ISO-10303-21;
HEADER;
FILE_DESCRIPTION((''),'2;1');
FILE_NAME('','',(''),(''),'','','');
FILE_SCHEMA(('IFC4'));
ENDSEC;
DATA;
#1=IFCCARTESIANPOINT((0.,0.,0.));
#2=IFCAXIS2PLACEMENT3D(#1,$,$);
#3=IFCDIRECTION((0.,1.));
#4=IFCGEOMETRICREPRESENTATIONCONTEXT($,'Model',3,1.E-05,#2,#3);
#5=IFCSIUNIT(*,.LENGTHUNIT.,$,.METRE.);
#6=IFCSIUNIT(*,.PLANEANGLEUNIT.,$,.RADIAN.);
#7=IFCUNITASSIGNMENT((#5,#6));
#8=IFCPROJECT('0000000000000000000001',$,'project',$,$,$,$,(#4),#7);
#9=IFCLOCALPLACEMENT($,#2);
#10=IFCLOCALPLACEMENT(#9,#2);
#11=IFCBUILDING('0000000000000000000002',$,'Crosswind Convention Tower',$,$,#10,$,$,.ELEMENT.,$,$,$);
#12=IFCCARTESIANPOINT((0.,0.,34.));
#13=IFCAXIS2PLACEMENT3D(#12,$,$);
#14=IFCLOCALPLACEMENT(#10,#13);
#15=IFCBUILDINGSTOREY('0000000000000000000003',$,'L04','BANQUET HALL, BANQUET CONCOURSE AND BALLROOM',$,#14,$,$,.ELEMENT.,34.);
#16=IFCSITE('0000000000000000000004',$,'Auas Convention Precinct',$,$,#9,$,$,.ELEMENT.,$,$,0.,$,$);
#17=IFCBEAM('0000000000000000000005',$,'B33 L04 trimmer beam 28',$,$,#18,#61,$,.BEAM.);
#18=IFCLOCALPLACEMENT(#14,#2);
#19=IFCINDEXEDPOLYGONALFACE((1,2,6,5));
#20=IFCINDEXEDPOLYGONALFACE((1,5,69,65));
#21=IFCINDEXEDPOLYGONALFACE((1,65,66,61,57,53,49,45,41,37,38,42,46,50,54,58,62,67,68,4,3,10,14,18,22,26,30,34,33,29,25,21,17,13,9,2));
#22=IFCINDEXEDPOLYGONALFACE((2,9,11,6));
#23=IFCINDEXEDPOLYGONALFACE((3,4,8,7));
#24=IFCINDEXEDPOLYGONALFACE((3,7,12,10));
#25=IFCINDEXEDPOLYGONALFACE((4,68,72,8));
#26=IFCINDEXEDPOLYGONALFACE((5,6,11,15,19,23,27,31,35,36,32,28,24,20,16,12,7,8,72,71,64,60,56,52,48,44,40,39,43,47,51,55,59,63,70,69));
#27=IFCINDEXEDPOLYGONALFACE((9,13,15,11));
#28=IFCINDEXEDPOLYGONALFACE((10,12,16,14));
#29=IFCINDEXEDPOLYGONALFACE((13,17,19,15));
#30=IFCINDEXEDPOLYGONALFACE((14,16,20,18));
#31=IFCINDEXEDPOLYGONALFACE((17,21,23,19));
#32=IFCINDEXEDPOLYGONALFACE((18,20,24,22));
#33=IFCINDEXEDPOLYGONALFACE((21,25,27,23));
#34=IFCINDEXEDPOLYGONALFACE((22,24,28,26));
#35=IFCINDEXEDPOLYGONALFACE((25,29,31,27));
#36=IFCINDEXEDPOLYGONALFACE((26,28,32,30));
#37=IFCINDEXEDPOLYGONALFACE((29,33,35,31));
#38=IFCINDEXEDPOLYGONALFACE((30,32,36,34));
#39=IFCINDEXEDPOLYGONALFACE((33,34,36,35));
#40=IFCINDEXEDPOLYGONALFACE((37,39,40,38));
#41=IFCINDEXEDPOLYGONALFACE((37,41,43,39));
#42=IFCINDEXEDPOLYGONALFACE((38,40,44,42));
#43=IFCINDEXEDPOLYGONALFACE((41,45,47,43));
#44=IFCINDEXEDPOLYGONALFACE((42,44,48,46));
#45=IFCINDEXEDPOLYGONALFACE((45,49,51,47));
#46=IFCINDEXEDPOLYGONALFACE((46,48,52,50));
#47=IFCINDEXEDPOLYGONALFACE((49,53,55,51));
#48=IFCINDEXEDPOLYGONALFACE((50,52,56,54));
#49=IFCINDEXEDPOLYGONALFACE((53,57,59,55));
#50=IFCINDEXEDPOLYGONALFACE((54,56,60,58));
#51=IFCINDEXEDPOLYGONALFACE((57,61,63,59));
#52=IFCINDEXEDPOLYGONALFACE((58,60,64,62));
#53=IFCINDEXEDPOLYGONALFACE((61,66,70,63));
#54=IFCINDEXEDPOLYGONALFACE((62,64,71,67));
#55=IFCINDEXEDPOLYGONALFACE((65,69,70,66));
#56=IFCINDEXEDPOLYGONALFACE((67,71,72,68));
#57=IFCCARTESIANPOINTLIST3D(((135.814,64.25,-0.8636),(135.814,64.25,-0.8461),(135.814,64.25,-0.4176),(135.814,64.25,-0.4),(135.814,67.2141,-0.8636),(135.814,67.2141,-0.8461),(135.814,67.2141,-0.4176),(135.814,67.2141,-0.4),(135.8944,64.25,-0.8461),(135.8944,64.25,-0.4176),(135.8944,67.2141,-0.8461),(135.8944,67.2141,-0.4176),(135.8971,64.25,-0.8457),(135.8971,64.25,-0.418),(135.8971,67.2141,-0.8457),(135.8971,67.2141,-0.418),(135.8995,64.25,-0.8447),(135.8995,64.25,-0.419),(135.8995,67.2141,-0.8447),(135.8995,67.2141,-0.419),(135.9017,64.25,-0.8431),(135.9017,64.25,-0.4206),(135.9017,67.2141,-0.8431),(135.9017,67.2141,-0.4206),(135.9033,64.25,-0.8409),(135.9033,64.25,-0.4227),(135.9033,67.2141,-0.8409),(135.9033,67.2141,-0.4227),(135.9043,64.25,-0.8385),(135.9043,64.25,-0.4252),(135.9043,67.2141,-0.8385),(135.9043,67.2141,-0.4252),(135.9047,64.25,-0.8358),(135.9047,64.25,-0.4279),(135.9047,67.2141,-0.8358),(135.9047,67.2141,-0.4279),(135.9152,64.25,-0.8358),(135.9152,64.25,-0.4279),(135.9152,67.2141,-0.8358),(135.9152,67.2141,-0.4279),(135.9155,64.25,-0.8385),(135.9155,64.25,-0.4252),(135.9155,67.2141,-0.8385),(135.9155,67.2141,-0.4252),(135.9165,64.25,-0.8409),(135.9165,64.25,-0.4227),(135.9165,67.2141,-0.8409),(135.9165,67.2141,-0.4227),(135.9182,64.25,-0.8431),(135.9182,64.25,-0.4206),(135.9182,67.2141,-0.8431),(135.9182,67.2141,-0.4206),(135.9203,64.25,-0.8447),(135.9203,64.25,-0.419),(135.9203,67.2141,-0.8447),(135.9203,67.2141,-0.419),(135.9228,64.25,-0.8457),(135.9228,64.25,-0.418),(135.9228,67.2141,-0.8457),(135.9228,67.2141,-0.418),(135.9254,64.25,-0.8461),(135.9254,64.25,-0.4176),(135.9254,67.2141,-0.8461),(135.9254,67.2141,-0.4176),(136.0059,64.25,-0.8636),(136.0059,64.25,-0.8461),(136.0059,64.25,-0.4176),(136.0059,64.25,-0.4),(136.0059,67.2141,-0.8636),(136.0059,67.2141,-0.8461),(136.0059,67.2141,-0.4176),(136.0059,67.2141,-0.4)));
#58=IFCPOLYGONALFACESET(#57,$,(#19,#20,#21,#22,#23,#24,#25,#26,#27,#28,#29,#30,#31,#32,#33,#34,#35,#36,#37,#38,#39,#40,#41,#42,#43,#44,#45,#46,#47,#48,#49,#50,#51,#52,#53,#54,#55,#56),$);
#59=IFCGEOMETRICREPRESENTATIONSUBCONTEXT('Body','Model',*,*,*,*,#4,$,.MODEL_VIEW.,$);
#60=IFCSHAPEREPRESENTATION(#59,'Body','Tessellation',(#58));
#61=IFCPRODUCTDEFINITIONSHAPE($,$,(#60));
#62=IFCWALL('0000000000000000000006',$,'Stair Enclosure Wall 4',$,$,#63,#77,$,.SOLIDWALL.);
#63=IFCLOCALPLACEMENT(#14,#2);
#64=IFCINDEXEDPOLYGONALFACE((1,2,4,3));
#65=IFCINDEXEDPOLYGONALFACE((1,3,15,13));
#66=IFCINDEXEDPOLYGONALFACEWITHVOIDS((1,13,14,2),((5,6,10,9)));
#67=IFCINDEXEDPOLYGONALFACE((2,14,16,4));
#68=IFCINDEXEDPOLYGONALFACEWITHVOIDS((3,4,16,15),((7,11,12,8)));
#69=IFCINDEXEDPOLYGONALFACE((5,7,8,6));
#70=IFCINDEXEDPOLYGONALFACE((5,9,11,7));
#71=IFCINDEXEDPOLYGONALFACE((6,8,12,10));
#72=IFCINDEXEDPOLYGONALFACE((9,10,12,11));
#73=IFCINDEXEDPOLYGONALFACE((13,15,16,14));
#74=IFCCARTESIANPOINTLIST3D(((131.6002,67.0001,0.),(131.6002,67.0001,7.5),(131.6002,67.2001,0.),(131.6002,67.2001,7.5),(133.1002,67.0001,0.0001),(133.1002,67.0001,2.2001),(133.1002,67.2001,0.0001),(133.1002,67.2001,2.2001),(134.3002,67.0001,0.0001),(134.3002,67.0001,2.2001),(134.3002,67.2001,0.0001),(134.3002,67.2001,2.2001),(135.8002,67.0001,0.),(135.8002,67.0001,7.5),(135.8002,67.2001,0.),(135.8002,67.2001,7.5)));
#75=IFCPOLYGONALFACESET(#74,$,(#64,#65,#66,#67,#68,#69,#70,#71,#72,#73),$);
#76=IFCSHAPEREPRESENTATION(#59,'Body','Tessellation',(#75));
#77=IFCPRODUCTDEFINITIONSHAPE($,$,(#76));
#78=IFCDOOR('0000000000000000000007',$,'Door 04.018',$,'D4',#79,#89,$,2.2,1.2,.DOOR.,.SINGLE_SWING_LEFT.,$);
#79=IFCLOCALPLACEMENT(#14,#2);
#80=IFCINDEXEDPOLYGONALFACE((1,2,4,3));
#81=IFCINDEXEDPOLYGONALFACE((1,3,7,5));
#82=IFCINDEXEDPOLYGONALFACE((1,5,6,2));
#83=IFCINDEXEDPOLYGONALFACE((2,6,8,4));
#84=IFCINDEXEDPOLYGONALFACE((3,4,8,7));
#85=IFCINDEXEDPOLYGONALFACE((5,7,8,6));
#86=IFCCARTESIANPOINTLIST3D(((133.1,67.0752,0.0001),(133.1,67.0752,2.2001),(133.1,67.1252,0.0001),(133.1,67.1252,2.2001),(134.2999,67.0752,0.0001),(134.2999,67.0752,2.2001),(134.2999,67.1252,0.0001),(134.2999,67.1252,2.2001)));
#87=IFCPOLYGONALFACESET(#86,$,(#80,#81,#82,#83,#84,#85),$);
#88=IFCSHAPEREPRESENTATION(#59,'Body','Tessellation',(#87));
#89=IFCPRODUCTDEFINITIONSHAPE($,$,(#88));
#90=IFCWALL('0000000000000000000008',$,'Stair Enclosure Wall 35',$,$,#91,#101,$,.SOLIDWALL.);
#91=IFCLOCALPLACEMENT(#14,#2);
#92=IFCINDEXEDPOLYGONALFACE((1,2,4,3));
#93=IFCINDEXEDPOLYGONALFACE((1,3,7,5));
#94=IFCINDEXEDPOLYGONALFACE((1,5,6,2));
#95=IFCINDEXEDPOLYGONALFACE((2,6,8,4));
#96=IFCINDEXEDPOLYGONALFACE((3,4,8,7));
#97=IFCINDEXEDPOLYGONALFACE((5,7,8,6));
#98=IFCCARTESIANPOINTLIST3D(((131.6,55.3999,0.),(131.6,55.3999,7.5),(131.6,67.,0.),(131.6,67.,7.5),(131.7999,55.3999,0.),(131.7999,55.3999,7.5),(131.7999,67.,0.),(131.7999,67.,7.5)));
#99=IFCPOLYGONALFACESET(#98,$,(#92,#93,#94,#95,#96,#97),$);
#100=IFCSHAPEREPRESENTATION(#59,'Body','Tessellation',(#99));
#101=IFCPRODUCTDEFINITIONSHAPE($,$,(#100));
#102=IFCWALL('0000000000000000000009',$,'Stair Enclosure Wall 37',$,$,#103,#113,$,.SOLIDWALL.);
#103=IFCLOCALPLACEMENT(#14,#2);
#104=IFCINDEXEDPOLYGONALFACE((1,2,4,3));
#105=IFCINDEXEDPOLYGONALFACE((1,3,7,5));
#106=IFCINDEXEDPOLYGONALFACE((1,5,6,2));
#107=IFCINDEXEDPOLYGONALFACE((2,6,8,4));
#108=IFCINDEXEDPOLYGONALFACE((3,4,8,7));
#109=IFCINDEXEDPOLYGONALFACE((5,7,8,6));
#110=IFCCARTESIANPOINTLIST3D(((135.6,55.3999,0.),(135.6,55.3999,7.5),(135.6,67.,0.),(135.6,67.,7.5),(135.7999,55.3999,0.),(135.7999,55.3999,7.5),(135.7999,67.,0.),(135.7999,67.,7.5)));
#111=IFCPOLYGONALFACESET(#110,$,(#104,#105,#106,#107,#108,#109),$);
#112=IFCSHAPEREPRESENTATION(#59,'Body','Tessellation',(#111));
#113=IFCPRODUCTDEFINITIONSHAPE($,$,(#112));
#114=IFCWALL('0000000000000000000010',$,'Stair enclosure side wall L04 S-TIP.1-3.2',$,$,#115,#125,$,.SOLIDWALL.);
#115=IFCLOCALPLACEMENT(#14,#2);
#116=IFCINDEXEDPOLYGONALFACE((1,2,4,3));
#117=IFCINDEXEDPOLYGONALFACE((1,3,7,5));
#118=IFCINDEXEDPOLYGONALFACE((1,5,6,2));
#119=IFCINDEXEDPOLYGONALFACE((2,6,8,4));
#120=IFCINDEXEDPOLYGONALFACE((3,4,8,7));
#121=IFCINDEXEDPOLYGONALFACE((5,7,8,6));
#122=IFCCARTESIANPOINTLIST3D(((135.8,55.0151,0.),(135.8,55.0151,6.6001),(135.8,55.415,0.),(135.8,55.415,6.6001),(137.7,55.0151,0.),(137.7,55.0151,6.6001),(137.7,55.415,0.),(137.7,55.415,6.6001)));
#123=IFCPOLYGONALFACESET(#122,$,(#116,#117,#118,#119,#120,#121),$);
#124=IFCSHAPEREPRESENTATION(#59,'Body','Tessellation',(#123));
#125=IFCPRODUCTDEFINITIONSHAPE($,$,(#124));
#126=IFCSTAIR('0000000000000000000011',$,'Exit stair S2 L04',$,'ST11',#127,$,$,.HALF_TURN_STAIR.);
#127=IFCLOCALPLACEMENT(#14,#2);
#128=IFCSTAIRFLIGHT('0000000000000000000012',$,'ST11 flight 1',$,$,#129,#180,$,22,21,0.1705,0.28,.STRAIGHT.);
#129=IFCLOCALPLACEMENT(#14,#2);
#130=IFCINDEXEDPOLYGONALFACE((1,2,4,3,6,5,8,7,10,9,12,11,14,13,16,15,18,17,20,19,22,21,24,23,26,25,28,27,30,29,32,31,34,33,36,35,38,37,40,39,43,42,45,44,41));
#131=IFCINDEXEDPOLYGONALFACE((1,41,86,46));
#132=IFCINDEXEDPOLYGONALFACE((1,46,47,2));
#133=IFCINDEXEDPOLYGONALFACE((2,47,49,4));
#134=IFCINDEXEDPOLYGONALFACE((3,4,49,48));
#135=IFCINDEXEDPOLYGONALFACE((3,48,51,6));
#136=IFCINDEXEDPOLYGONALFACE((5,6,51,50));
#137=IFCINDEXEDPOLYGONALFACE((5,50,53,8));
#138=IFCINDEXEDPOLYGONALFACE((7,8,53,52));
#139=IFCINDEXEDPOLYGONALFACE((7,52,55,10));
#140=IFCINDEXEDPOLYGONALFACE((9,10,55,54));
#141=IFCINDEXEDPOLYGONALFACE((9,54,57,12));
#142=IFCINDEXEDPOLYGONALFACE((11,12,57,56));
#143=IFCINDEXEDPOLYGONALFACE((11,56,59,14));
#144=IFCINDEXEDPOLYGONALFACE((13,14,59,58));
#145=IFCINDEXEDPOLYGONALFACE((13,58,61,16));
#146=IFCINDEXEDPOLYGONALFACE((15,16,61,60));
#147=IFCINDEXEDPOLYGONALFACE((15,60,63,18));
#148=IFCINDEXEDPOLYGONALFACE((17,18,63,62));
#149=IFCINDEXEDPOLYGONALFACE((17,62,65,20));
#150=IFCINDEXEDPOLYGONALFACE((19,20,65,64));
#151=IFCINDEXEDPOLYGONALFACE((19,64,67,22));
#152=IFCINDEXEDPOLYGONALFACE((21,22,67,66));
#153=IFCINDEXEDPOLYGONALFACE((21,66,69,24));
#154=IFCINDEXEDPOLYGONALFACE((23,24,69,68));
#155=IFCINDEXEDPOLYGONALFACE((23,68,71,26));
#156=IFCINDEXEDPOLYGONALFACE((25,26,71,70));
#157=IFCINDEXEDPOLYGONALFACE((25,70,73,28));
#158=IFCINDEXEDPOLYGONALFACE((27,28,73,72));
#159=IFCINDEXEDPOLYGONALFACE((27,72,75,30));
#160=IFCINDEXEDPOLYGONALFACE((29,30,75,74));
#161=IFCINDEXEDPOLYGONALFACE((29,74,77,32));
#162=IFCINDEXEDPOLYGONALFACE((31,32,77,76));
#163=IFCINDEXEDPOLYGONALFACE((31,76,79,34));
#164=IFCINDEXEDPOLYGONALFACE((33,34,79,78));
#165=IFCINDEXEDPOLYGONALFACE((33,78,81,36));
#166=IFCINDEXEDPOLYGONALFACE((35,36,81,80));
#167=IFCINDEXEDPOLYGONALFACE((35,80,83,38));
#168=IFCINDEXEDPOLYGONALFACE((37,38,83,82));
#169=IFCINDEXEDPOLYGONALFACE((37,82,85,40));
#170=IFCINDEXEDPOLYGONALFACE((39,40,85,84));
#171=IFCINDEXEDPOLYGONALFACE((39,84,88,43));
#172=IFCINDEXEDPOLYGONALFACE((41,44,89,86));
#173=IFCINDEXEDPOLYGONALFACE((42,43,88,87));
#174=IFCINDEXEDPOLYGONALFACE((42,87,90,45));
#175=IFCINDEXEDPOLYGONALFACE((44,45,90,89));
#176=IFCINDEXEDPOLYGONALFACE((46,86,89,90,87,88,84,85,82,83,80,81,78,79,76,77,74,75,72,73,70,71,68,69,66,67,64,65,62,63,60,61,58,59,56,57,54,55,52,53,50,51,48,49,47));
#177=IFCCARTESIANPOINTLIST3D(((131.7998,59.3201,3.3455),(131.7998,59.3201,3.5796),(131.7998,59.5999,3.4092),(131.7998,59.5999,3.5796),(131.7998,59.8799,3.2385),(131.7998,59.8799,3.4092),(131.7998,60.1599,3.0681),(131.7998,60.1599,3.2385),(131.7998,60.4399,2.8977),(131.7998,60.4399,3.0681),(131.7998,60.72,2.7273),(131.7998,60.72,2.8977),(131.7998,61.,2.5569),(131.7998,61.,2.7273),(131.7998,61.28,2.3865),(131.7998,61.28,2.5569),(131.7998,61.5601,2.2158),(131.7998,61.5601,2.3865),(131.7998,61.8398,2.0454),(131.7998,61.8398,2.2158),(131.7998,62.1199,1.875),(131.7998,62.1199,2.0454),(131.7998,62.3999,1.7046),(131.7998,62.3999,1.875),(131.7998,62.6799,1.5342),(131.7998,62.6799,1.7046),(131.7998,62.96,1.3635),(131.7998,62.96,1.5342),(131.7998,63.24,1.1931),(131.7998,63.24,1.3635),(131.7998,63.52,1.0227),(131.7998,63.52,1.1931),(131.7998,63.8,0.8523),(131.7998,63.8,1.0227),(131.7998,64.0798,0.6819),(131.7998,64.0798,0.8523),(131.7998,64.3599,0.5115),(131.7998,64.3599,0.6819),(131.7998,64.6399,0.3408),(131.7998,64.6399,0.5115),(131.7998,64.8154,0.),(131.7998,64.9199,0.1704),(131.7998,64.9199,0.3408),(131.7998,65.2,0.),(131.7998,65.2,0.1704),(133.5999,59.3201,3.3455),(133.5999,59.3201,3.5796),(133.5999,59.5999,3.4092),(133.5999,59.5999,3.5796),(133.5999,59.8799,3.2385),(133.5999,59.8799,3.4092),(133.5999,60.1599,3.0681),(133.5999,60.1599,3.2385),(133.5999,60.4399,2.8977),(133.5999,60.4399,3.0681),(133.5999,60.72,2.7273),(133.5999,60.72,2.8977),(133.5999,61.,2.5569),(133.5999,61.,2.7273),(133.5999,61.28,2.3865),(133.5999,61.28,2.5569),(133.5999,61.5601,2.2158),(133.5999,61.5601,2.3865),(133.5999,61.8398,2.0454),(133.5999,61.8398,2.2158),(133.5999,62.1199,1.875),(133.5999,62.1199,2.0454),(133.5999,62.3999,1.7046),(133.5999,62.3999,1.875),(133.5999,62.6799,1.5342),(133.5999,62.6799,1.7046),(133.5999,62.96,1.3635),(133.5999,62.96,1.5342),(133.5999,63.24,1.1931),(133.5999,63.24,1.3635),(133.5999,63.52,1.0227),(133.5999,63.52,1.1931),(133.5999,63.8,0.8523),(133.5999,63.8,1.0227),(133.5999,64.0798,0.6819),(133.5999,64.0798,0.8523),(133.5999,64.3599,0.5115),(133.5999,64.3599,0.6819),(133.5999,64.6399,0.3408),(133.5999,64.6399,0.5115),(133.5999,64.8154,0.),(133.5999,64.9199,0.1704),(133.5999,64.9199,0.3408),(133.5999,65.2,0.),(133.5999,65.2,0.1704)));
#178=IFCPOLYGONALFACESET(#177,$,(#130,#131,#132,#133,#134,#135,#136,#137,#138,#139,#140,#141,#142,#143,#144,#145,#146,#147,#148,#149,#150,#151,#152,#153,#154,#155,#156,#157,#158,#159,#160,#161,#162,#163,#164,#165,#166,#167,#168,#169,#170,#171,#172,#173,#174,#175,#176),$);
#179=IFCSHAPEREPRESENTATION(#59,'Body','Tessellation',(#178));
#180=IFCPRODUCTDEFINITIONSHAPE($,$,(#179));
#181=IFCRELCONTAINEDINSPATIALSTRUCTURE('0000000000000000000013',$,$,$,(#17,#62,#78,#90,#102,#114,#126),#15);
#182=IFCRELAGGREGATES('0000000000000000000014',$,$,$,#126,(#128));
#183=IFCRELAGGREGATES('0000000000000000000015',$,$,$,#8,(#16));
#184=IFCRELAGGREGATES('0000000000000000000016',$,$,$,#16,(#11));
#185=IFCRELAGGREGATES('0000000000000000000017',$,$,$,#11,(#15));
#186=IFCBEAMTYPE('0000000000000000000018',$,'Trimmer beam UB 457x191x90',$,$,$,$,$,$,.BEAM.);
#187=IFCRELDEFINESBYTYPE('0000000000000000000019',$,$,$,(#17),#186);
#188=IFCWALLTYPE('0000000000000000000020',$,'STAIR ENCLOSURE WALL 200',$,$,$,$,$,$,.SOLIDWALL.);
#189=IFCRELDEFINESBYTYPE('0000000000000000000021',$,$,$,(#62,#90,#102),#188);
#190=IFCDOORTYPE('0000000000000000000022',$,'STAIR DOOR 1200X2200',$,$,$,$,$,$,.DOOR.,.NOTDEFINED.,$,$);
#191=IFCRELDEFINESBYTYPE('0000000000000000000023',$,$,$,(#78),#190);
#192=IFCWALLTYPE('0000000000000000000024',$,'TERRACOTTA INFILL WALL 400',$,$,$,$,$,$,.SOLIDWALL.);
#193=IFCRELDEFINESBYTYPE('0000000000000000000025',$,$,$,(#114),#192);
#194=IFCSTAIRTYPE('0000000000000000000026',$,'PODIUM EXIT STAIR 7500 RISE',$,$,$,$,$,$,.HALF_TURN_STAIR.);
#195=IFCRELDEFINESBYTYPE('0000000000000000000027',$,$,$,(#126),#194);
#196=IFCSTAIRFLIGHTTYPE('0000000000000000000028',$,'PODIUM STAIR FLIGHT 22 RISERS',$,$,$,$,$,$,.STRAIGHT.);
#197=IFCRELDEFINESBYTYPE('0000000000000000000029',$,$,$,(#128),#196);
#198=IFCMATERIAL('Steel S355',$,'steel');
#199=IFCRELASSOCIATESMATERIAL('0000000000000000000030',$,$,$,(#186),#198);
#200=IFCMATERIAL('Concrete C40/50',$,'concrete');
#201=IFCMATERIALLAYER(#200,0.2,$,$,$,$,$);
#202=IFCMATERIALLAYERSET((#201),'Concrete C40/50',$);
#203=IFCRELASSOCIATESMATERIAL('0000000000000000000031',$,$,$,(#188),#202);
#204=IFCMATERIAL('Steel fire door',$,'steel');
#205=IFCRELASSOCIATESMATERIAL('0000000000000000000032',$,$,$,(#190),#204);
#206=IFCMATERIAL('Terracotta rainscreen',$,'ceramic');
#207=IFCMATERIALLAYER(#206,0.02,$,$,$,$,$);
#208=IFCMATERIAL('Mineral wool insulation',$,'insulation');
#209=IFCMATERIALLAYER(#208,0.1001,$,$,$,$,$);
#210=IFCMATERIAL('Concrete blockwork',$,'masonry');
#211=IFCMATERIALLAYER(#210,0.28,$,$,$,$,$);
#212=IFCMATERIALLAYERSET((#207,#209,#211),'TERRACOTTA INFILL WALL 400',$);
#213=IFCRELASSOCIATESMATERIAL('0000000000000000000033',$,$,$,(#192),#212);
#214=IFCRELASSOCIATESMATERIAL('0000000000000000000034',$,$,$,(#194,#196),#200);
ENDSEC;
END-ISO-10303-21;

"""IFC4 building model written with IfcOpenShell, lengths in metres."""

from ifc_helpers import new_model, si_unit, direction, frame, frame_2d, origin, origin_2d, place, context, subcontext, project, spatial, polyline, rectangle, i_section, outline, extrude, material, layer, layer_set, material_profile, profile_set, type_object, element, fill, aggregate, save


model = new_model("IFC4")

# Units and contexts
model_context = context("Model", 3, precision=1e-05, world=origin(), true_north=direction((0.0, 1.0)))
body_context = subcontext(model_context, "Body", "Model", "MODEL_VIEW")
ifc_project = project(units=[si_unit("LENGTHUNIT", "METRE"), si_unit("PLANEANGLEUNIT", "RADIAN")], contexts=[model_context])

# Site, building, storey
site_placement = place(None, origin())
site = spatial("IfcSite", under=ifc_project, at=site_placement, Name="Auas Convention Precinct", CompositionType="ELEMENT", RefElevation=0.0)
building_placement = place(site_placement, origin())
building = spatial("IfcBuilding", under=site, at=building_placement, Name="Crosswind Convention Tower", CompositionType="ELEMENT")
storey_placement = place(building_placement, frame((0.0, 0.0, 34.0)))
storey = spatial("IfcBuildingStorey", under=building, at=storey_placement, Name="L04", Description="BANQUET HALL, BANQUET CONCOURSE AND BALLROOM", CompositionType="ELEMENT", Elevation=34.0)

# Beam
ifc_material_1 = material(Name="Steel S355", Category="steel")
ifc_material_profile_1 = material_profile(ifc_material_1, i_section(OverallWidth=0.1919, OverallDepth=0.4636, WebThickness=0.0105, FlangeThickness=0.0176, FilletRadius=0.0103, at=origin_2d()), Name="UB 457x191x90")
ifc_profile_set_1 = profile_set([ifc_material_profile_1], Name="Steel S355")
beam_type_1 = type_object("IfcBeamType", Name="Trimmer beam UB 457x191x90", PredefinedType="BEAM", material=ifc_profile_set_1)
beam_1_placement = place(storey_placement, frame((135.9099, 67.2141, -0.6318), z_axis=(0.0, -1.0, 0.0), x_axis=(1.0, 0.0, 0.0)))
element("IfcBeam", 1, at=beam_1_placement, inside=storey, type_object=beam_type_1, Name="B33 L04 trimmer beam 28", PredefinedType="BEAM", context=body_context, shape_type="SweptSolid", body=[
    extrude(i_section(OverallWidth=0.1919, OverallDepth=0.4636, WebThickness=0.0105, FlangeThickness=0.0176, FilletRadius=0.0103, at=origin_2d()), origin(), (0.0, 0.0, 1.0), 2.9641),
])

# Wall, opening, door
ifc_material_2 = material(Name="Concrete C40/50", Category="concrete")
ifc_layer_1 = layer(ifc_material_2, 0.2)
ifc_layer_set_1 = layer_set([ifc_layer_1], Name="Concrete C40/50")
wall_type_1 = type_object("IfcWallType", Name="STAIR ENCLOSURE WALL 200", PredefinedType="SOLIDWALL", material=ifc_layer_set_1)
wall_1_placement = place(storey_placement, frame((131.6001, 67.1001, 0.0), z_axis=(0.0, 0.0, 1.0), x_axis=(1.0, 0.0, 0.0)))
wall_1 = element("IfcWall", 2, at=wall_1_placement, inside=storey, type_object=wall_type_1, Name="Stair Enclosure Wall 4", PredefinedType="SOLIDWALL", context=body_context, shape_type="SweptSolid", body=[
    extrude(rectangle(XDim=4.2, YDim=0.2, at=frame_2d((2.1001, 0.0))), origin(), (0.0, 0.0, 1.0), 7.5),
])
opening_placement = place(wall_1_placement, frame((1.5, 0.0, 0.0)))
opening = element("IfcOpeningElement", 3, at=opening_placement, cuts=wall_1, PredefinedType="OPENING", context=body_context, shape_type="SweptSolid", body=[
    extrude(rectangle(XDim=1.2, YDim=2.2, at=frame_2d((0.6001, 1.1001))), frame((0.0, 0.1099, 0.0), z_axis=(0.0, -1.0, 0.0), x_axis=(1.0, 0.0, 0.0)), (0.0, 0.0, 1.0), 0.22),
])
ifc_material_3 = material(Name="Steel fire door", Category="steel")
door_type = type_object("IfcDoorType", Name="STAIR DOOR 1200X2200", OperationType="NOTDEFINED", PredefinedType="DOOR", material=ifc_material_3)
door_placement = place(opening_placement, frame((1.2, 0.0, 0.0), z_axis=(0.0, 0.0, 1.0), x_axis=(-1.0, 0.0, 0.0)))
door = element("IfcDoor", 4, at=door_placement, inside=storey, type_object=door_type, Name="Door 04.018", ObjectType="D4", OperationType="SINGLE_SWING_LEFT", OverallHeight=2.2, OverallWidth=1.2, PredefinedType="DOOR", context=body_context, shape_type="SweptSolid", body=[
    extrude(rectangle(XDim=1.2, YDim=2.2, at=frame_2d((0.6001, 1.1001))), frame((0.0, 0.0249, 0.0), z_axis=(0.0, -1.0, 0.0), x_axis=(1.0, 0.0, 0.0)), (0.0, 0.0, 1.0), 0.05),
])
fill(opening, door)

# Walls
for number, where, z_axis, x_axis, name in (
    (5, (131.7, 55.3999, 0.0), (0.0, 0.0, 1.0), (0.0, 1.0, 0.0), "Stair Enclosure Wall 35"),
    (6, (135.7, 55.3999, 0.0), (0.0, 0.0, 1.0), (0.0, 1.0, 0.0), "Stair Enclosure Wall 37"),
):
    element("IfcWall", number, at=place(storey_placement, frame(where, z_axis=z_axis, x_axis=x_axis)), inside=storey, type_object=wall_type_1, Name=name, PredefinedType="SOLIDWALL", context=body_context, shape_type="SweptSolid", body=[
        extrude(rectangle(XDim=11.6001, YDim=0.2, at=frame_2d((5.8, 0.0))), origin(), (0.0, 0.0, 1.0), 7.5),
    ])
ifc_material_4 = material(Name="Terracotta rainscreen", Category="ceramic")
ifc_layer_2 = layer(ifc_material_4, 0.02)
ifc_material_5 = material(Name="Mineral wool insulation", Category="insulation")
ifc_layer_3 = layer(ifc_material_5, 0.1001)
ifc_material_6 = material(Name="Concrete blockwork", Category="masonry")
ifc_layer_4 = layer(ifc_material_6, 0.28)
ifc_layer_set_2 = layer_set([ifc_layer_2, ifc_layer_3, ifc_layer_4], Name="TERRACOTTA INFILL WALL 400")
wall_type_2 = type_object("IfcWallType", Name="TERRACOTTA INFILL WALL 400", PredefinedType="SOLIDWALL", material=ifc_layer_set_2)
wall_2_placement = place(storey_placement, frame((135.8, 55.2151, 0.0), z_axis=(0.0, 0.0, 1.0), x_axis=(1.0, 0.0, 0.0)))
element("IfcWall", 7, at=wall_2_placement, inside=storey, type_object=wall_type_2, Name="Stair enclosure side wall L04 S-TIP.1-3.2", PredefinedType="SOLIDWALL", context=body_context, shape_type="SweptSolid", body=[
    extrude(rectangle(XDim=1.8999, YDim=0.3999, at=frame_2d((0.95, 0.0))), origin(), (0.0, 0.0, 1.0), 6.6001),
])

# Stair, stair flight
stair_type = type_object("IfcStairType", Name="PODIUM EXIT STAIR 7500 RISE", PredefinedType="HALF_TURN_STAIR", material=ifc_material_2)
stair_placement = place(storey_placement, origin())
stair = element("IfcStair", 8, at=stair_placement, inside=storey, type_object=stair_type, Name="Exit stair S2 L04", ObjectType="ST11", PredefinedType="HALF_TURN_STAIR")
stair_flight_type = type_object("IfcStairFlightType", Name="PODIUM STAIR FLIGHT 22 RISERS", PredefinedType="STRAIGHT", material=ifc_material_2)
stair_flight_1_placement = place(storey_placement, frame((132.7, 65.2, 0.0), z_axis=(0.0, 0.0, 1.0), x_axis=(0.0, -1.0, 0.0)))
stair_flight_1 = element("IfcStairFlight", 9, at=stair_flight_1_placement, type_object=stair_flight_type, Name="ST11 flight 1", NumberOfRisers=22, NumberOfTreads=21, PredefinedType="STRAIGHT", RiserHeight=0.1705, TreadLength=0.28, context=body_context, shape_type="SweptSolid", body=[
    extrude(outline(polyline([(0.0, 0.0), (0.0, 0.1704), (0.28, 0.1704), (0.28, 0.3408), (0.5601, 0.3408), (0.5601, 0.5115), (0.8401, 0.5115), (0.8401, 0.6819), (1.1201, 0.6819), (1.1201, 0.8523), (1.3999, 0.8523), (1.3999, 1.0227), (1.6799, 1.0227), (1.6799, 1.1931), (1.96, 1.1931), (1.96, 1.3635), (2.24, 1.3635), (2.24, 1.5342), (2.52, 1.5342), (2.52, 1.7046), (2.8, 1.7046), (2.8, 1.875), (3.0801, 1.875), (3.0801, 2.0454), (3.3601, 2.0454), (3.3601, 2.2158), (3.6399, 2.2158), (3.6399, 2.3865), (3.9199, 2.3865), (3.9199, 2.5569), (4.2, 2.5569), (4.2, 2.7273), (4.48, 2.7273), (4.48, 2.8977), (4.76, 2.8977), (4.76, 3.0681), (5.04, 3.0681), (5.04, 3.2385), (5.3201, 3.2385), (5.3201, 3.4092), (5.6001, 3.4092), (5.6001, 3.5796), (5.8799, 3.5796), (5.8799, 3.75), (5.8799, 3.3455), (0.3845, 0.0), (0.0, 0.0)])), frame((0.0, 0.8999, 0.0), z_axis=(0.0, -1.0, 0.0), x_axis=(1.0, 0.0, 0.0)), (0.0, 0.0, 1.0), 1.8),
])
aggregate(stair, [stair_flight_1])

save(model, "model.ifc")
